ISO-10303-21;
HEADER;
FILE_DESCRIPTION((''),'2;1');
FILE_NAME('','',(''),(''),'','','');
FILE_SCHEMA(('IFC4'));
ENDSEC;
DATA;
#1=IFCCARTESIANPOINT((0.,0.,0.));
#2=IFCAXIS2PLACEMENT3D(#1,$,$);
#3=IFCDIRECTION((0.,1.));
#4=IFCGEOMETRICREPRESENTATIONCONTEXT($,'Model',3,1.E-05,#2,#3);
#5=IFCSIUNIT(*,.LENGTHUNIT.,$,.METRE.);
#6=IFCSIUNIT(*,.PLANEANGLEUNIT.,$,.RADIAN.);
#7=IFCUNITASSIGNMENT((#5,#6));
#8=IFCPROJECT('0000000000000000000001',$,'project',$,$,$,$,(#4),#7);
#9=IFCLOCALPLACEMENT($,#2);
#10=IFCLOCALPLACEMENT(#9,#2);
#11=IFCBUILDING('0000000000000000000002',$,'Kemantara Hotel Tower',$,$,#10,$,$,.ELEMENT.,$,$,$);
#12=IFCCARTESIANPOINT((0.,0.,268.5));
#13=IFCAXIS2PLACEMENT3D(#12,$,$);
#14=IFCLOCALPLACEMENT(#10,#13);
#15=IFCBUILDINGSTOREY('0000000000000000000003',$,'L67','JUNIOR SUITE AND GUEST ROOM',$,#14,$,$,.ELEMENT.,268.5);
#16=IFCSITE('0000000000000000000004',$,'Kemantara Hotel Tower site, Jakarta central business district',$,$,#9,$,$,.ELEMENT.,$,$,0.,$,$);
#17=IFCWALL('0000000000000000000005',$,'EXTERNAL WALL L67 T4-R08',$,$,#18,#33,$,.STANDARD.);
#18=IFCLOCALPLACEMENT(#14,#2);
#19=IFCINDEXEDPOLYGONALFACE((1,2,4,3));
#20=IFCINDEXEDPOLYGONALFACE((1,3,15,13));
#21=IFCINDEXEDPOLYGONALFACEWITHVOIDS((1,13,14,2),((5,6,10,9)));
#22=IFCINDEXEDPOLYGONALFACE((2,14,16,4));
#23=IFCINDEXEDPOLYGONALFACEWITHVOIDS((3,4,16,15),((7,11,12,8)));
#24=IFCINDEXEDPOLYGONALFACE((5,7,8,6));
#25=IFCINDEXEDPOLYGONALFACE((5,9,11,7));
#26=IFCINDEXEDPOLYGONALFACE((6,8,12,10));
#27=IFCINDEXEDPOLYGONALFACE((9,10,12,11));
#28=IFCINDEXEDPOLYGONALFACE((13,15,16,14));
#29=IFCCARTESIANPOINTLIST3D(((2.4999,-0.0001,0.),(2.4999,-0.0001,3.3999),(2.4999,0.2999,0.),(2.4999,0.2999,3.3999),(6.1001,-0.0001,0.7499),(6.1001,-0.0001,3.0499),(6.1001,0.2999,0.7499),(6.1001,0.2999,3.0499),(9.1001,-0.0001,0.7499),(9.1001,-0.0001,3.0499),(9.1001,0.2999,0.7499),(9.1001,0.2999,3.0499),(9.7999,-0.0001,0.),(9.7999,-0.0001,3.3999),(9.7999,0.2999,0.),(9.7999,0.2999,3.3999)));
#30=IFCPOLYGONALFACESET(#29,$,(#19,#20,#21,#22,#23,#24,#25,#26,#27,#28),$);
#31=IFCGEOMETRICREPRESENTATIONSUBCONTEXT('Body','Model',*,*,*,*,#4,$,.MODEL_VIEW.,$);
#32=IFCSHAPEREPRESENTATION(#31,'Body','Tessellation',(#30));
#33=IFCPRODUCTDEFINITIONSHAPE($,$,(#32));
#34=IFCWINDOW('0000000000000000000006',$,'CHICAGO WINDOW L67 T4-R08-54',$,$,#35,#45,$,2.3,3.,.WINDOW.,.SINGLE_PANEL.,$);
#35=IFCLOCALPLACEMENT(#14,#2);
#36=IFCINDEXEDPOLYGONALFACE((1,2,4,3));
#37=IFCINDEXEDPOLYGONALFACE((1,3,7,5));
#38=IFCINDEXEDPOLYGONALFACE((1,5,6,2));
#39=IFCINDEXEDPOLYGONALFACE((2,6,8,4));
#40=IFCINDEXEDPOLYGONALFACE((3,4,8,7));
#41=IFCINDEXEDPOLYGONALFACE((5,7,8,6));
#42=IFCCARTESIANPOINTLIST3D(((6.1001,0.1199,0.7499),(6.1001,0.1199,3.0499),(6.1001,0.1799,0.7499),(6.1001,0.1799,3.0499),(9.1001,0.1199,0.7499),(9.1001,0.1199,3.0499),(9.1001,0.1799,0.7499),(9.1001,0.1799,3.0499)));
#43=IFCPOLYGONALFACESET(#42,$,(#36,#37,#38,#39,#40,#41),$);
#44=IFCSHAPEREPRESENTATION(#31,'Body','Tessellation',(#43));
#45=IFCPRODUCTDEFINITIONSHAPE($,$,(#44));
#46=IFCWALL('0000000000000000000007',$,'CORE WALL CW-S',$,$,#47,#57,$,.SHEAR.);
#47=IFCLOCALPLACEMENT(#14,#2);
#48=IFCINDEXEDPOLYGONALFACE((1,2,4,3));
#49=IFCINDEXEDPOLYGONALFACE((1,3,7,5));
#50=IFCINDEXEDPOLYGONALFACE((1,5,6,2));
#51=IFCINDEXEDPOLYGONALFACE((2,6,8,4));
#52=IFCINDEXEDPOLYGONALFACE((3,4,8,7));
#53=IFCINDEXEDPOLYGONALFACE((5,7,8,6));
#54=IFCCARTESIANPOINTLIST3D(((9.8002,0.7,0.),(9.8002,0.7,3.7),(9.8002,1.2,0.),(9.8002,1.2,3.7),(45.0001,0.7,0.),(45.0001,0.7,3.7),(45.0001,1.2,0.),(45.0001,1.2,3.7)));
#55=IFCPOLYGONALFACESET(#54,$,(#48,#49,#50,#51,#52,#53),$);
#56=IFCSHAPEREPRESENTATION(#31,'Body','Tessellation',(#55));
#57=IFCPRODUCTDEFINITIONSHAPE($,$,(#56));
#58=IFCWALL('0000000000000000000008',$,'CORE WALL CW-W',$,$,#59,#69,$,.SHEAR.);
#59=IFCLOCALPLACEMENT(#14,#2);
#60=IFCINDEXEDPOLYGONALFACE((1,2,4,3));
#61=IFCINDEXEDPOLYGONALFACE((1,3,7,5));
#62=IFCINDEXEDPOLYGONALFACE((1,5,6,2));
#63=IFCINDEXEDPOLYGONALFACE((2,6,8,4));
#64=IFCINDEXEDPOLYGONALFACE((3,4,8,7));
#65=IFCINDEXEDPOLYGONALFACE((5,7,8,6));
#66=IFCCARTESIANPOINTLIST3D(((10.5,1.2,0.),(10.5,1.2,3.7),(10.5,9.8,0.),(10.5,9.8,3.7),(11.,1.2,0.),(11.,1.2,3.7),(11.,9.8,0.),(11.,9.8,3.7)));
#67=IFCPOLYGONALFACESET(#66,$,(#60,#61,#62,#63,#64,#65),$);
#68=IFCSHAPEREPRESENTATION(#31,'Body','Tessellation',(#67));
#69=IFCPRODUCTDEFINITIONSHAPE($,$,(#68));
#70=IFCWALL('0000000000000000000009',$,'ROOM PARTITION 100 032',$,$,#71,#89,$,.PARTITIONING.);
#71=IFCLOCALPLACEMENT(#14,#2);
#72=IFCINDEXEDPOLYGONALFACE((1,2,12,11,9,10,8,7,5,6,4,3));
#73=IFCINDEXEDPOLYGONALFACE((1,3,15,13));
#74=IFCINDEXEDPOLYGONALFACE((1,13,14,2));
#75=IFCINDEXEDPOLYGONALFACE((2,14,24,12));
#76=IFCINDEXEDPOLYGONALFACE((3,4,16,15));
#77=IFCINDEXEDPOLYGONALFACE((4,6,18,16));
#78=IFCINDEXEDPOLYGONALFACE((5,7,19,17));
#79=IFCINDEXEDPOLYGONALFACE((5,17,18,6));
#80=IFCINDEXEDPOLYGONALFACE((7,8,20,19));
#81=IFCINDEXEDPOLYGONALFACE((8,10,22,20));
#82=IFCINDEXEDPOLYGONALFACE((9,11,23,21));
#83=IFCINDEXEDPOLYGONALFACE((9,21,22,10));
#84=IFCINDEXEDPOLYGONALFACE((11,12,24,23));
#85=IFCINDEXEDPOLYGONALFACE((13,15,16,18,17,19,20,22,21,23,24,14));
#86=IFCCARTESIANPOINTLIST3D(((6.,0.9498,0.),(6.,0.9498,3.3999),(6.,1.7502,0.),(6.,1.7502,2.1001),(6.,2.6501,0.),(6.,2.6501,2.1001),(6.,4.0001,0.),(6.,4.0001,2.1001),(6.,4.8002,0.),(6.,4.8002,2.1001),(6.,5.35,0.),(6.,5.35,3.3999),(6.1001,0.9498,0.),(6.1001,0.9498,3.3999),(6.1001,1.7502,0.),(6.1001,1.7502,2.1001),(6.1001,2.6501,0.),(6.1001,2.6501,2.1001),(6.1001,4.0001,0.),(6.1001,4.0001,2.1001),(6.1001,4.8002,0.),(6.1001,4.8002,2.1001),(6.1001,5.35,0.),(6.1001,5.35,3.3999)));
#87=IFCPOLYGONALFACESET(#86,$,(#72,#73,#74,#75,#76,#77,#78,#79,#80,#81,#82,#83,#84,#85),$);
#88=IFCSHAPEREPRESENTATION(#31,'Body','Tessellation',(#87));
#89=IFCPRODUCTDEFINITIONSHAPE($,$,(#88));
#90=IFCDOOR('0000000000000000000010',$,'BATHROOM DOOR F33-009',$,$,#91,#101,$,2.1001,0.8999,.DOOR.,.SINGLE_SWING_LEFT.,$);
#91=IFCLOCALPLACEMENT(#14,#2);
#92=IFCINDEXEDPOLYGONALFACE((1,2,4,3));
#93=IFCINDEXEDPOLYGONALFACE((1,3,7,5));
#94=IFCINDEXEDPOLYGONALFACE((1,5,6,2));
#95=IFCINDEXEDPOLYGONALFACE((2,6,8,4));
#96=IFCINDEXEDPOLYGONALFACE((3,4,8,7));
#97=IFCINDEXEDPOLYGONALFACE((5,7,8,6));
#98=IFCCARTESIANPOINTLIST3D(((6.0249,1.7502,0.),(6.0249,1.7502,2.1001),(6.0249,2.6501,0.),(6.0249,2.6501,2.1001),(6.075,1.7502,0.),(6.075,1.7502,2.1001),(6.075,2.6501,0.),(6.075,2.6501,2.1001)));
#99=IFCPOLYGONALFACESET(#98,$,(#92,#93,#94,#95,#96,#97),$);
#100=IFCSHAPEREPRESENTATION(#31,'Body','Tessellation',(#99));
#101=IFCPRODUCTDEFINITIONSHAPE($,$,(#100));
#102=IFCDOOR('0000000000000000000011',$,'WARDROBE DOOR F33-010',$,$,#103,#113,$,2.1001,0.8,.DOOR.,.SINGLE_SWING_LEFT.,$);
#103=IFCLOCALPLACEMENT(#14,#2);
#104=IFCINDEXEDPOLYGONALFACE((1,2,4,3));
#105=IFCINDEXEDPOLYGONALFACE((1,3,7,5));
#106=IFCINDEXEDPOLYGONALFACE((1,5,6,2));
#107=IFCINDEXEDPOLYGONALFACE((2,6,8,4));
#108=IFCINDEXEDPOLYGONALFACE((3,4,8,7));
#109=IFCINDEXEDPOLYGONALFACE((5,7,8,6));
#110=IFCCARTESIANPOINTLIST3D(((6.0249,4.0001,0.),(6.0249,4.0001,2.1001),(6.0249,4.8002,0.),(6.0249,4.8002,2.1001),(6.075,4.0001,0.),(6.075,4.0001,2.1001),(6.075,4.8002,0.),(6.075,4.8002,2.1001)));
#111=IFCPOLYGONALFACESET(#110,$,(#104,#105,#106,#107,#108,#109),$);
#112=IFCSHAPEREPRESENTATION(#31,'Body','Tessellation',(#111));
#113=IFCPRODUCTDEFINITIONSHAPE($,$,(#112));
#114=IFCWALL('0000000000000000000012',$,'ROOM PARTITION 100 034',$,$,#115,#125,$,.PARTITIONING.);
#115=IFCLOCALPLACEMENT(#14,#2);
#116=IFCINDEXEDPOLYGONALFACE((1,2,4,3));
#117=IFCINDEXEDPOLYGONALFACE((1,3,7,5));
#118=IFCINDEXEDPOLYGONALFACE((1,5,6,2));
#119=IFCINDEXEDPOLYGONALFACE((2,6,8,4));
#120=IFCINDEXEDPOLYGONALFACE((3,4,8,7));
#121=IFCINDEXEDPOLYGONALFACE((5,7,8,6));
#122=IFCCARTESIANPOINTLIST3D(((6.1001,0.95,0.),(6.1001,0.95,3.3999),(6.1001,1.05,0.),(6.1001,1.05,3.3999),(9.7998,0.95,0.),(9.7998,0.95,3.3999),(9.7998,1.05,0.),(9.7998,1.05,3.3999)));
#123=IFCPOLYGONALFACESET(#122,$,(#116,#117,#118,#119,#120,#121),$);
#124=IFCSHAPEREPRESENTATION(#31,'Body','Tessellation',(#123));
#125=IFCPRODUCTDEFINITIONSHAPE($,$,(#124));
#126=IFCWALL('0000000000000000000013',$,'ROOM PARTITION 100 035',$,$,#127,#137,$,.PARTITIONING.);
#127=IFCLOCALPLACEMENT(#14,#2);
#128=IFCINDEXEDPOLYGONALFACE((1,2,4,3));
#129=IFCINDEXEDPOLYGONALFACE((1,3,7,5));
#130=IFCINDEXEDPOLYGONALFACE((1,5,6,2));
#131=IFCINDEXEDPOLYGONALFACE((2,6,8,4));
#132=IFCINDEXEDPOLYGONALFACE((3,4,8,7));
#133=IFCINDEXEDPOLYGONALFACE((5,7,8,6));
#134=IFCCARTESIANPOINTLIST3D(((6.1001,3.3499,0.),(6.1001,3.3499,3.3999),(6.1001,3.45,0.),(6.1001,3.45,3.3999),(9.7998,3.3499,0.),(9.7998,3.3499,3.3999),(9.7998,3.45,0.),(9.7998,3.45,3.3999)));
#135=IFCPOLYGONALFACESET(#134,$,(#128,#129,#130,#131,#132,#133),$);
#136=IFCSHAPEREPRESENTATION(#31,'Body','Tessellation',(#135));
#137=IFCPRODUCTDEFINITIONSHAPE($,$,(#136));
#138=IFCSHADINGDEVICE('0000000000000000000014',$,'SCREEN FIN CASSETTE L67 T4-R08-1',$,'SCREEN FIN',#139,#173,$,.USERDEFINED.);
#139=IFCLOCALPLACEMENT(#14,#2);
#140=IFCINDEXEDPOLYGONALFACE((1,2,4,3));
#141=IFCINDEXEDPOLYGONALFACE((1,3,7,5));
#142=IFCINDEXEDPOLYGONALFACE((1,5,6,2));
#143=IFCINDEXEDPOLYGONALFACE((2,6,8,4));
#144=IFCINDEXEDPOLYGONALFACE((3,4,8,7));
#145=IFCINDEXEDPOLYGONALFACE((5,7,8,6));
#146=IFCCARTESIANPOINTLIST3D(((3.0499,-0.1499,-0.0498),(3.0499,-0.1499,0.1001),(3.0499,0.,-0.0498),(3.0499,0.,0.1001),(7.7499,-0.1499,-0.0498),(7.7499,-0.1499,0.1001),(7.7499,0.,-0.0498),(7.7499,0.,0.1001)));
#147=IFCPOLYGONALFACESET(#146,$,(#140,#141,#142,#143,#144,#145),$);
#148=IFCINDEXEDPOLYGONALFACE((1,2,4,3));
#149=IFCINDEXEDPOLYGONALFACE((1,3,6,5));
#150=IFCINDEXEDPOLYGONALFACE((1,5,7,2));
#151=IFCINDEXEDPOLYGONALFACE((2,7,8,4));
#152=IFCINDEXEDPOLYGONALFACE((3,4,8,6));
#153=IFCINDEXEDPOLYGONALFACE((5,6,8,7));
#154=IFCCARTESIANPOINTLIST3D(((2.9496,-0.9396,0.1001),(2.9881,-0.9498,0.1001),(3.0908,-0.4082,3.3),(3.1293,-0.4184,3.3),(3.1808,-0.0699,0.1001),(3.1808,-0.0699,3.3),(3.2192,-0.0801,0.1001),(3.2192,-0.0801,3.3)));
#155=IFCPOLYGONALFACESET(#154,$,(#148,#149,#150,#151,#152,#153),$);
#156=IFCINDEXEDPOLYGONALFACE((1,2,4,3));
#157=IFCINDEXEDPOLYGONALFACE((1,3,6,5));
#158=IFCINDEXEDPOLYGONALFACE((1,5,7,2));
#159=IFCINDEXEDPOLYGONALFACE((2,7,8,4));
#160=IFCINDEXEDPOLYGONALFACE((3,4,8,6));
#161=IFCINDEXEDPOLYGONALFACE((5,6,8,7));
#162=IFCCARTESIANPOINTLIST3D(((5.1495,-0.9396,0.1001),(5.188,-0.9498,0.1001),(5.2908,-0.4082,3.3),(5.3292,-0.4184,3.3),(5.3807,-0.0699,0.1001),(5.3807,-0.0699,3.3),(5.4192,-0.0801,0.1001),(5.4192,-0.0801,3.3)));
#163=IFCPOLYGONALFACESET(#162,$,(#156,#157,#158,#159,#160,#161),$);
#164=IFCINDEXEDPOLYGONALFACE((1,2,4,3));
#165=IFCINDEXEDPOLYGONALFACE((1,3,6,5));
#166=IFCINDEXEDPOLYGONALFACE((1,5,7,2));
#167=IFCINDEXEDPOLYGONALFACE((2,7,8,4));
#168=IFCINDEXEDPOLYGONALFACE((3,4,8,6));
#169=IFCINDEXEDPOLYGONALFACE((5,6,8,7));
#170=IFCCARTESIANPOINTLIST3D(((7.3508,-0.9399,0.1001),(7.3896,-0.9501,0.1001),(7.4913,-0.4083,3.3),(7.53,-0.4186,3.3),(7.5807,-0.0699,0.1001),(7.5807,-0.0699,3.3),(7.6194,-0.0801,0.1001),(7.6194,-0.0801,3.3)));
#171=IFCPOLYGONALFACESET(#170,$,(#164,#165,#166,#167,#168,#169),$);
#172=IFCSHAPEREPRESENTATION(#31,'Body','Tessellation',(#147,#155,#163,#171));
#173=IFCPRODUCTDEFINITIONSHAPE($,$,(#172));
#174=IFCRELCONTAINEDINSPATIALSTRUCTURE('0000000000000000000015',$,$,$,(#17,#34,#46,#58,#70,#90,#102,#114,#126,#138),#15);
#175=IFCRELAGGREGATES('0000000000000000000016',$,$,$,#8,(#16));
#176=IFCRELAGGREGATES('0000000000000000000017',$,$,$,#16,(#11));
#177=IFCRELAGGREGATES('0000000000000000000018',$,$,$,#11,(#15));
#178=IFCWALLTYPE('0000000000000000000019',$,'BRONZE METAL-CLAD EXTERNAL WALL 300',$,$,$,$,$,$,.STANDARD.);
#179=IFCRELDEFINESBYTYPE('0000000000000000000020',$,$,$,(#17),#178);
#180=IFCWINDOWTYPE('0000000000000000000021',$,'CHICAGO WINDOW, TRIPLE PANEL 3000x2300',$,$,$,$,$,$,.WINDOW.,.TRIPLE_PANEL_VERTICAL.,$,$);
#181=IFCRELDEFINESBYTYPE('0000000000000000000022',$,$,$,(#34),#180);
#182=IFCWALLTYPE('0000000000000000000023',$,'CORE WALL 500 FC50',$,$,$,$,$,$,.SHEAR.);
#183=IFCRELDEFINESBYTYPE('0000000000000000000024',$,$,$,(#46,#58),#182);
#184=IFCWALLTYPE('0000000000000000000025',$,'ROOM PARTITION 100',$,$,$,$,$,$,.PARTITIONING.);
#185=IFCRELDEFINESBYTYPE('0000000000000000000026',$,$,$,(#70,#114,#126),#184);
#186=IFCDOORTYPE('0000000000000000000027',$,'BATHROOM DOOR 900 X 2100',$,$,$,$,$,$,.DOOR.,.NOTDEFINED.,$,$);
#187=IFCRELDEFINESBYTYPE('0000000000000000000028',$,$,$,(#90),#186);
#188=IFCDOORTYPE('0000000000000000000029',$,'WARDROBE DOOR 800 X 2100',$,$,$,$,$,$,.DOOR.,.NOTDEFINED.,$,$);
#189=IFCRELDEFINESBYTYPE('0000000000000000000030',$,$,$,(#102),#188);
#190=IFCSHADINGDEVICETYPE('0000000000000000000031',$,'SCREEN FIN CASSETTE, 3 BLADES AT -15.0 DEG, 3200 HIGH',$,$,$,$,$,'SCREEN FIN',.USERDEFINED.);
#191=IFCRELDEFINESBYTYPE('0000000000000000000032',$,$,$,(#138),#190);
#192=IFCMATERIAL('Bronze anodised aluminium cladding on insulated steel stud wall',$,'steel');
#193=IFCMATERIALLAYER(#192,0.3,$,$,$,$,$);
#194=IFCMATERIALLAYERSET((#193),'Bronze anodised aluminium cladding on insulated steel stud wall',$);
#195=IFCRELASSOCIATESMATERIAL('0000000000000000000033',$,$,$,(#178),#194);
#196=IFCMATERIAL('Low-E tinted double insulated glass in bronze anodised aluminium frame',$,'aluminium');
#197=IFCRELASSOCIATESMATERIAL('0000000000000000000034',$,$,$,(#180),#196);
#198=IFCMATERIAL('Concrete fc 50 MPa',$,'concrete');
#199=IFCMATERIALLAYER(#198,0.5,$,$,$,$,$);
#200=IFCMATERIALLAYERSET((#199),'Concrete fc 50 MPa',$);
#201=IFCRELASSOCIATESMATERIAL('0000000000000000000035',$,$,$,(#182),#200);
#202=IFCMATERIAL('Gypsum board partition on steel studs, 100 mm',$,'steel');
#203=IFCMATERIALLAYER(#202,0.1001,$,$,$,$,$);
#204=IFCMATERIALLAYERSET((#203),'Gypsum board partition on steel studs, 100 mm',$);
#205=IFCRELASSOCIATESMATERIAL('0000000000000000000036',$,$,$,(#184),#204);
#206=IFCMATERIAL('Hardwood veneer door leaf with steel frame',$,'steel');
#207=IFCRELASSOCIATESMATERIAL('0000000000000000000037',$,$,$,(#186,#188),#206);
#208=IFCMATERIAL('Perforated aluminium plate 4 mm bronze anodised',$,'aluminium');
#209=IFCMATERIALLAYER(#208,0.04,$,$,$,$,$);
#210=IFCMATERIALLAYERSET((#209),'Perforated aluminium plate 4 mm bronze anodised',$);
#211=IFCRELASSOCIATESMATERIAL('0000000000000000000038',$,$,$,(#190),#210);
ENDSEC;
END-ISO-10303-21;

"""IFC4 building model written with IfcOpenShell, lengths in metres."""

from ifc_helpers import new_model, si_unit, direction, frame, frame_2d, origin, origin_2d, place, context, subcontext, project, spatial, polyline, rectangle, outline, extrude, source, transform, mapped, material, layer, layer_set, type_object, element, fill, save


model = new_model("IFC4")

# Units and contexts
model_context = context("Model", 3, precision=1e-05, world=origin(), true_north=direction((0.0, 1.0)))
body_context = subcontext(model_context, "Body", "Model", "MODEL_VIEW")
ifc_project = project(units=[si_unit("LENGTHUNIT", "METRE"), si_unit("PLANEANGLEUNIT", "RADIAN")], contexts=[model_context])

# Site, building, storey
site_placement = place(None, origin())
site = spatial("IfcSite", under=ifc_project, at=site_placement, Name="Kemantara Hotel Tower site, Jakarta central business district", CompositionType="ELEMENT", RefElevation=0.0)
building_placement = place(site_placement, origin())
building = spatial("IfcBuilding", under=site, at=building_placement, Name="Kemantara Hotel Tower", CompositionType="ELEMENT")
storey_placement = place(building_placement, frame((0.0, 0.0, 268.5)))
storey = spatial("IfcBuildingStorey", under=building, at=storey_placement, Name="L67", Description="JUNIOR SUITE AND GUEST ROOM", CompositionType="ELEMENT", Elevation=268.5)

# Shared definitions
ifc_material_1 = material(Name="Concrete fc 50 MPa", Category="concrete")

# Shared definitions
ifc_material_2 = material(Name="Bronze anodised aluminium cladding on insulated steel stud wall", Category="steel")
ifc_layer_1 = layer(ifc_material_2, 0.3)
ifc_layer_set_1 = layer_set([ifc_layer_1], Name="Bronze anodised aluminium cladding on insulated steel stud wall")
wall_type_1 = type_object("IfcWallType", Name="BRONZE METAL-CLAD EXTERNAL WALL 300", PredefinedType="STANDARD", material=ifc_layer_set_1)

# Wall, opening, window
wall_1_placement = place(storey_placement, frame((2.5, 0.1499, 0.0), z_axis=(0.0, 0.0, 1.0), x_axis=(1.0, 0.0, 0.0)))
wall_1 = element("IfcWall", 1, at=wall_1_placement, inside=storey, type_object=wall_type_1, Name="EXTERNAL WALL L67 T4-R08", PredefinedType="STANDARD", context=body_context, shape_type="SweptSolid", body=[
    extrude(rectangle(XDim=7.3, YDim=0.3, at=frame_2d((3.6499, 0.0))), origin(), (0.0, 0.0, 1.0), 3.3999),
])
opening_1_placement = place(wall_1_placement, frame((3.6001, 0.0, 0.75)))
opening_1 = element("IfcOpeningElement", 2, at=opening_1_placement, cuts=wall_1, PredefinedType="OPENING", context=body_context, shape_type="SweptSolid", body=[
    extrude(rectangle(XDim=3.0, YDim=2.3, at=frame_2d((1.5, 1.1499))), frame((0.0, 0.1599, 0.0), z_axis=(0.0, -1.0, 0.0), x_axis=(1.0, 0.0, 0.0)), (0.0, 0.0, 1.0), 0.3201),
])
ifc_material_3 = material(Name="Low-E tinted double insulated glass in bronze anodised aluminium frame", Category="aluminium")
window_type = type_object("IfcWindowType", Name="CHICAGO WINDOW, TRIPLE PANEL 3000x2300", PartitioningType="TRIPLE_PANEL_VERTICAL", PredefinedType="WINDOW", material=ifc_material_3)
window_placement = place(opening_1_placement, origin())
window = element("IfcWindow", 3, at=window_placement, inside=storey, type_object=window_type, Name="CHICAGO WINDOW L67 T4-R08-54", OverallHeight=2.3, OverallWidth=3.0, PartitioningType="SINGLE_PANEL", PredefinedType="WINDOW", context=body_context, shape_type="SweptSolid", body=[
    extrude(rectangle(XDim=3.0, YDim=2.3, at=frame_2d((1.5, 1.1499))), frame((0.0, 0.03, 0.0), z_axis=(0.0, -1.0, 0.0), x_axis=(1.0, 0.0, 0.0)), (0.0, 0.0, 1.0), 0.0601),
])
fill(opening_1, window)

# Walls
ifc_layer_2 = layer(ifc_material_1, 0.5)
ifc_layer_set_2 = layer_set([ifc_layer_2], Name="Concrete fc 50 MPa")
wall_type_2 = type_object("IfcWallType", Name="CORE WALL 500 FC50", PredefinedType="SHEAR", material=ifc_layer_set_2)
wall_2_placement = place(storey_placement, frame((9.8, 0.95, 0.0), z_axis=(0.0, 0.0, 1.0), x_axis=(1.0, 0.0, 0.0)))
element("IfcWall", 4, at=wall_2_placement, inside=storey, type_object=wall_type_2, Name="CORE WALL CW-S", PredefinedType="SHEAR", context=body_context, shape_type="SweptSolid", body=[
    extrude(rectangle(XDim=35.2, YDim=0.5, at=frame_2d((17.6001, 0.0))), origin(), (0.0, 0.0, 1.0), 3.7),
])
wall_3_placement = place(storey_placement, frame((10.75, 1.2, 0.0), z_axis=(0.0, 0.0, 1.0), x_axis=(0.0, 1.0, 0.0)))
element("IfcWall", 5, at=wall_3_placement, inside=storey, type_object=wall_type_2, Name="CORE WALL CW-W", PredefinedType="SHEAR", context=body_context, shape_type="SweptSolid", body=[
    extrude(rectangle(XDim=8.6001, YDim=0.5, at=frame_2d((4.3, 0.0))), origin(), (0.0, 0.0, 1.0), 3.7),
])

# Wall, openings, doors
ifc_material_4 = material(Name="Gypsum board partition on steel studs, 100 mm", Category="steel")
ifc_layer_3 = layer(ifc_material_4, 0.1001)
ifc_layer_set_3 = layer_set([ifc_layer_3], Name="Gypsum board partition on steel studs, 100 mm")
wall_type_3 = type_object("IfcWallType", Name="ROOM PARTITION 100", PredefinedType="PARTITIONING", material=ifc_layer_set_3)
wall_4_placement = place(storey_placement, frame((6.05, 5.3501, 0.0), z_axis=(0.0, 0.0, 1.0), x_axis=(0.0, -1.0, 0.0)))
wall_4 = element("IfcWall", 6, at=wall_4_placement, inside=storey, type_object=wall_type_3, Name="ROOM PARTITION 100 032", PredefinedType="PARTITIONING", context=body_context, shape_type="SweptSolid", body=[
    extrude(rectangle(XDim=4.4001, YDim=0.1001, at=frame_2d((2.2002, 0.0))), origin(), (0.0, 0.0, 1.0), 3.3999),
])
opening_2_placement = place(wall_4_placement, frame((2.7, 0.0, 0.0)))
opening_2 = element("IfcOpeningElement", 7, at=opening_2_placement, cuts=wall_4, PredefinedType="OPENING", context=body_context, shape_type="SweptSolid", body=[
    extrude(rectangle(XDim=0.8999, YDim=2.1001, at=frame_2d((0.45, 1.05))), frame((0.0, 0.0601, 0.0), z_axis=(0.0, -1.0, 0.0), x_axis=(1.0, 0.0, 0.0)), (0.0, 0.0, 1.0), 0.1201),
])
opening_3_placement = place(wall_4_placement, frame((0.55, 0.0, 0.0)))
opening_3 = element("IfcOpeningElement", 8, at=opening_3_placement, cuts=wall_4, PredefinedType="OPENING", context=body_context, shape_type="SweptSolid", body=[
    extrude(rectangle(XDim=0.8, YDim=2.1001, at=frame_2d((0.3999, 1.05))), frame((0.0, 0.0601, 0.0), z_axis=(0.0, -1.0, 0.0), x_axis=(1.0, 0.0, 0.0)), (0.0, 0.0, 1.0), 0.1201),
])
ifc_material_5 = material(Name="Hardwood veneer door leaf with steel frame", Category="steel")
door_type_1 = type_object("IfcDoorType", Name="BATHROOM DOOR 900 X 2100", OperationType="NOTDEFINED", PredefinedType="DOOR", material=ifc_material_5)
door_1_placement = place(opening_2_placement, origin())
door_1 = element("IfcDoor", 9, at=door_1_placement, inside=storey, type_object=door_type_1, Name="BATHROOM DOOR F33-009", OperationType="SINGLE_SWING_LEFT", OverallHeight=2.1001, OverallWidth=0.8999, PredefinedType="DOOR", context=body_context, shape_type="SweptSolid", body=[
    extrude(rectangle(XDim=0.8999, YDim=2.1001, at=frame_2d((0.45, 1.05))), frame((0.0, 0.0249, 0.0), z_axis=(0.0, -1.0, 0.0), x_axis=(1.0, 0.0, 0.0)), (0.0, 0.0, 1.0), 0.05),
])
fill(opening_2, door_1)
door_type_2 = type_object("IfcDoorType", Name="WARDROBE DOOR 800 X 2100", OperationType="NOTDEFINED", PredefinedType="DOOR", material=ifc_material_5)
door_2_placement = place(opening_3_placement, origin())
door_2 = element("IfcDoor", 10, at=door_2_placement, inside=storey, type_object=door_type_2, Name="WARDROBE DOOR F33-010", OperationType="SINGLE_SWING_LEFT", OverallHeight=2.1001, OverallWidth=0.8, PredefinedType="DOOR", context=body_context, shape_type="SweptSolid", body=[
    extrude(rectangle(XDim=0.8, YDim=2.1001, at=frame_2d((0.3999, 1.05))), frame((0.0, 0.0249, 0.0), z_axis=(0.0, -1.0, 0.0), x_axis=(1.0, 0.0, 0.0)), (0.0, 0.0, 1.0), 0.05),
])
fill(opening_3, door_2)

# Walls
for number, where, z_axis, x_axis, name in (
    (11, (6.1001, 1.0, 0.0), (0.0, 0.0, 1.0), (1.0, 0.0, 0.0), "ROOM PARTITION 100 034"),
    (12, (6.1001, 3.3999, 0.0), (0.0, 0.0, 1.0), (1.0, 0.0, 0.0), "ROOM PARTITION 100 035"),
):
    element("IfcWall", number, at=place(storey_placement, frame(where, z_axis=z_axis, x_axis=x_axis)), inside=storey, type_object=wall_type_3, Name=name, PredefinedType="PARTITIONING", context=body_context, shape_type="SweptSolid", body=[
        extrude(rectangle(XDim=3.6997, YDim=0.1001, at=frame_2d((1.8499, 0.0))), origin(), (0.0, 0.0, 1.0), 3.3999),
    ])

# Shading device
ifc_material_6 = material(Name="Perforated aluminium plate 4 mm bronze anodised", Category="aluminium")
ifc_layer_4 = layer(ifc_material_6, 0.04)
ifc_layer_set_4 = layer_set([ifc_layer_4], Name="Perforated aluminium plate 4 mm bronze anodised")
shading_device_type_1 = type_object("IfcShadingDeviceType", Name="SCREEN FIN CASSETTE, 3 BLADES AT -15.0 DEG, 3200 HIGH", ElementType="SCREEN FIN", PredefinedType="USERDEFINED", material=ifc_layer_set_4)
shared_shape_1 = source(origin(), body_context, "Body", "SweptSolid", [
    extrude(rectangle(XDim=4.7, YDim=0.1499, at=origin_2d()), frame((2.2, -0.075, -0.1499), z_axis=(0.0, 0.0, 1.0), x_axis=(1.0, 0.0, 0.0)), (0.0, 0.0, 1.0), 0.1499),
    extrude(outline(polyline([(0.0, 0.0), (0.8999, 0.0), (0.3501, 3.2), (0.0, 3.2), (0.0, 0.0)])), frame((0.0193, -0.0801, 0.0), z_axis=(-0.966438, 0.256901, 0.0), x_axis=(-0.256901, -0.966438, 0.0)), (0.0, 0.0, 1.0), 0.0398),
    extrude(outline(polyline([(0.0, 0.0), (0.8999, 0.0), (0.3501, 3.2), (0.0, 3.2), (0.0, 0.0)])), frame((2.2192, -0.0801, 0.0), z_axis=(-0.966438, 0.256901, 0.0), x_axis=(-0.256901, -0.966438, 0.0)), (0.0, 0.0, 1.0), 0.0398),
    extrude(outline(polyline([(0.0, 0.0), (0.8999, 0.0), (0.3501, 3.2), (0.0, 3.2), (0.0, 0.0)])), frame((4.4194, -0.0801, 0.0), z_axis=(-0.966838, 0.255391, 0.0), x_axis=(-0.255391, -0.966838, 0.0)), (0.0, 0.0, 1.0), 0.04),
])
shading_device_1_placement = place(storey_placement, frame((3.2, 0.0, 0.1001), z_axis=(0.0, 0.0, 1.0), x_axis=(1.0, 0.0, 0.0)))
element("IfcShadingDevice", 13, at=shading_device_1_placement, inside=storey, type_object=shading_device_type_1, Name="SCREEN FIN CASSETTE L67 T4-R08-1", ObjectType="SCREEN FIN", PredefinedType="USERDEFINED", context=body_context, shape_type="MappedRepresentation", body=[
    mapped(shared_shape_1, transform((0.0, 0.0, 0.0))),
])

save(model, "model.ifc")
